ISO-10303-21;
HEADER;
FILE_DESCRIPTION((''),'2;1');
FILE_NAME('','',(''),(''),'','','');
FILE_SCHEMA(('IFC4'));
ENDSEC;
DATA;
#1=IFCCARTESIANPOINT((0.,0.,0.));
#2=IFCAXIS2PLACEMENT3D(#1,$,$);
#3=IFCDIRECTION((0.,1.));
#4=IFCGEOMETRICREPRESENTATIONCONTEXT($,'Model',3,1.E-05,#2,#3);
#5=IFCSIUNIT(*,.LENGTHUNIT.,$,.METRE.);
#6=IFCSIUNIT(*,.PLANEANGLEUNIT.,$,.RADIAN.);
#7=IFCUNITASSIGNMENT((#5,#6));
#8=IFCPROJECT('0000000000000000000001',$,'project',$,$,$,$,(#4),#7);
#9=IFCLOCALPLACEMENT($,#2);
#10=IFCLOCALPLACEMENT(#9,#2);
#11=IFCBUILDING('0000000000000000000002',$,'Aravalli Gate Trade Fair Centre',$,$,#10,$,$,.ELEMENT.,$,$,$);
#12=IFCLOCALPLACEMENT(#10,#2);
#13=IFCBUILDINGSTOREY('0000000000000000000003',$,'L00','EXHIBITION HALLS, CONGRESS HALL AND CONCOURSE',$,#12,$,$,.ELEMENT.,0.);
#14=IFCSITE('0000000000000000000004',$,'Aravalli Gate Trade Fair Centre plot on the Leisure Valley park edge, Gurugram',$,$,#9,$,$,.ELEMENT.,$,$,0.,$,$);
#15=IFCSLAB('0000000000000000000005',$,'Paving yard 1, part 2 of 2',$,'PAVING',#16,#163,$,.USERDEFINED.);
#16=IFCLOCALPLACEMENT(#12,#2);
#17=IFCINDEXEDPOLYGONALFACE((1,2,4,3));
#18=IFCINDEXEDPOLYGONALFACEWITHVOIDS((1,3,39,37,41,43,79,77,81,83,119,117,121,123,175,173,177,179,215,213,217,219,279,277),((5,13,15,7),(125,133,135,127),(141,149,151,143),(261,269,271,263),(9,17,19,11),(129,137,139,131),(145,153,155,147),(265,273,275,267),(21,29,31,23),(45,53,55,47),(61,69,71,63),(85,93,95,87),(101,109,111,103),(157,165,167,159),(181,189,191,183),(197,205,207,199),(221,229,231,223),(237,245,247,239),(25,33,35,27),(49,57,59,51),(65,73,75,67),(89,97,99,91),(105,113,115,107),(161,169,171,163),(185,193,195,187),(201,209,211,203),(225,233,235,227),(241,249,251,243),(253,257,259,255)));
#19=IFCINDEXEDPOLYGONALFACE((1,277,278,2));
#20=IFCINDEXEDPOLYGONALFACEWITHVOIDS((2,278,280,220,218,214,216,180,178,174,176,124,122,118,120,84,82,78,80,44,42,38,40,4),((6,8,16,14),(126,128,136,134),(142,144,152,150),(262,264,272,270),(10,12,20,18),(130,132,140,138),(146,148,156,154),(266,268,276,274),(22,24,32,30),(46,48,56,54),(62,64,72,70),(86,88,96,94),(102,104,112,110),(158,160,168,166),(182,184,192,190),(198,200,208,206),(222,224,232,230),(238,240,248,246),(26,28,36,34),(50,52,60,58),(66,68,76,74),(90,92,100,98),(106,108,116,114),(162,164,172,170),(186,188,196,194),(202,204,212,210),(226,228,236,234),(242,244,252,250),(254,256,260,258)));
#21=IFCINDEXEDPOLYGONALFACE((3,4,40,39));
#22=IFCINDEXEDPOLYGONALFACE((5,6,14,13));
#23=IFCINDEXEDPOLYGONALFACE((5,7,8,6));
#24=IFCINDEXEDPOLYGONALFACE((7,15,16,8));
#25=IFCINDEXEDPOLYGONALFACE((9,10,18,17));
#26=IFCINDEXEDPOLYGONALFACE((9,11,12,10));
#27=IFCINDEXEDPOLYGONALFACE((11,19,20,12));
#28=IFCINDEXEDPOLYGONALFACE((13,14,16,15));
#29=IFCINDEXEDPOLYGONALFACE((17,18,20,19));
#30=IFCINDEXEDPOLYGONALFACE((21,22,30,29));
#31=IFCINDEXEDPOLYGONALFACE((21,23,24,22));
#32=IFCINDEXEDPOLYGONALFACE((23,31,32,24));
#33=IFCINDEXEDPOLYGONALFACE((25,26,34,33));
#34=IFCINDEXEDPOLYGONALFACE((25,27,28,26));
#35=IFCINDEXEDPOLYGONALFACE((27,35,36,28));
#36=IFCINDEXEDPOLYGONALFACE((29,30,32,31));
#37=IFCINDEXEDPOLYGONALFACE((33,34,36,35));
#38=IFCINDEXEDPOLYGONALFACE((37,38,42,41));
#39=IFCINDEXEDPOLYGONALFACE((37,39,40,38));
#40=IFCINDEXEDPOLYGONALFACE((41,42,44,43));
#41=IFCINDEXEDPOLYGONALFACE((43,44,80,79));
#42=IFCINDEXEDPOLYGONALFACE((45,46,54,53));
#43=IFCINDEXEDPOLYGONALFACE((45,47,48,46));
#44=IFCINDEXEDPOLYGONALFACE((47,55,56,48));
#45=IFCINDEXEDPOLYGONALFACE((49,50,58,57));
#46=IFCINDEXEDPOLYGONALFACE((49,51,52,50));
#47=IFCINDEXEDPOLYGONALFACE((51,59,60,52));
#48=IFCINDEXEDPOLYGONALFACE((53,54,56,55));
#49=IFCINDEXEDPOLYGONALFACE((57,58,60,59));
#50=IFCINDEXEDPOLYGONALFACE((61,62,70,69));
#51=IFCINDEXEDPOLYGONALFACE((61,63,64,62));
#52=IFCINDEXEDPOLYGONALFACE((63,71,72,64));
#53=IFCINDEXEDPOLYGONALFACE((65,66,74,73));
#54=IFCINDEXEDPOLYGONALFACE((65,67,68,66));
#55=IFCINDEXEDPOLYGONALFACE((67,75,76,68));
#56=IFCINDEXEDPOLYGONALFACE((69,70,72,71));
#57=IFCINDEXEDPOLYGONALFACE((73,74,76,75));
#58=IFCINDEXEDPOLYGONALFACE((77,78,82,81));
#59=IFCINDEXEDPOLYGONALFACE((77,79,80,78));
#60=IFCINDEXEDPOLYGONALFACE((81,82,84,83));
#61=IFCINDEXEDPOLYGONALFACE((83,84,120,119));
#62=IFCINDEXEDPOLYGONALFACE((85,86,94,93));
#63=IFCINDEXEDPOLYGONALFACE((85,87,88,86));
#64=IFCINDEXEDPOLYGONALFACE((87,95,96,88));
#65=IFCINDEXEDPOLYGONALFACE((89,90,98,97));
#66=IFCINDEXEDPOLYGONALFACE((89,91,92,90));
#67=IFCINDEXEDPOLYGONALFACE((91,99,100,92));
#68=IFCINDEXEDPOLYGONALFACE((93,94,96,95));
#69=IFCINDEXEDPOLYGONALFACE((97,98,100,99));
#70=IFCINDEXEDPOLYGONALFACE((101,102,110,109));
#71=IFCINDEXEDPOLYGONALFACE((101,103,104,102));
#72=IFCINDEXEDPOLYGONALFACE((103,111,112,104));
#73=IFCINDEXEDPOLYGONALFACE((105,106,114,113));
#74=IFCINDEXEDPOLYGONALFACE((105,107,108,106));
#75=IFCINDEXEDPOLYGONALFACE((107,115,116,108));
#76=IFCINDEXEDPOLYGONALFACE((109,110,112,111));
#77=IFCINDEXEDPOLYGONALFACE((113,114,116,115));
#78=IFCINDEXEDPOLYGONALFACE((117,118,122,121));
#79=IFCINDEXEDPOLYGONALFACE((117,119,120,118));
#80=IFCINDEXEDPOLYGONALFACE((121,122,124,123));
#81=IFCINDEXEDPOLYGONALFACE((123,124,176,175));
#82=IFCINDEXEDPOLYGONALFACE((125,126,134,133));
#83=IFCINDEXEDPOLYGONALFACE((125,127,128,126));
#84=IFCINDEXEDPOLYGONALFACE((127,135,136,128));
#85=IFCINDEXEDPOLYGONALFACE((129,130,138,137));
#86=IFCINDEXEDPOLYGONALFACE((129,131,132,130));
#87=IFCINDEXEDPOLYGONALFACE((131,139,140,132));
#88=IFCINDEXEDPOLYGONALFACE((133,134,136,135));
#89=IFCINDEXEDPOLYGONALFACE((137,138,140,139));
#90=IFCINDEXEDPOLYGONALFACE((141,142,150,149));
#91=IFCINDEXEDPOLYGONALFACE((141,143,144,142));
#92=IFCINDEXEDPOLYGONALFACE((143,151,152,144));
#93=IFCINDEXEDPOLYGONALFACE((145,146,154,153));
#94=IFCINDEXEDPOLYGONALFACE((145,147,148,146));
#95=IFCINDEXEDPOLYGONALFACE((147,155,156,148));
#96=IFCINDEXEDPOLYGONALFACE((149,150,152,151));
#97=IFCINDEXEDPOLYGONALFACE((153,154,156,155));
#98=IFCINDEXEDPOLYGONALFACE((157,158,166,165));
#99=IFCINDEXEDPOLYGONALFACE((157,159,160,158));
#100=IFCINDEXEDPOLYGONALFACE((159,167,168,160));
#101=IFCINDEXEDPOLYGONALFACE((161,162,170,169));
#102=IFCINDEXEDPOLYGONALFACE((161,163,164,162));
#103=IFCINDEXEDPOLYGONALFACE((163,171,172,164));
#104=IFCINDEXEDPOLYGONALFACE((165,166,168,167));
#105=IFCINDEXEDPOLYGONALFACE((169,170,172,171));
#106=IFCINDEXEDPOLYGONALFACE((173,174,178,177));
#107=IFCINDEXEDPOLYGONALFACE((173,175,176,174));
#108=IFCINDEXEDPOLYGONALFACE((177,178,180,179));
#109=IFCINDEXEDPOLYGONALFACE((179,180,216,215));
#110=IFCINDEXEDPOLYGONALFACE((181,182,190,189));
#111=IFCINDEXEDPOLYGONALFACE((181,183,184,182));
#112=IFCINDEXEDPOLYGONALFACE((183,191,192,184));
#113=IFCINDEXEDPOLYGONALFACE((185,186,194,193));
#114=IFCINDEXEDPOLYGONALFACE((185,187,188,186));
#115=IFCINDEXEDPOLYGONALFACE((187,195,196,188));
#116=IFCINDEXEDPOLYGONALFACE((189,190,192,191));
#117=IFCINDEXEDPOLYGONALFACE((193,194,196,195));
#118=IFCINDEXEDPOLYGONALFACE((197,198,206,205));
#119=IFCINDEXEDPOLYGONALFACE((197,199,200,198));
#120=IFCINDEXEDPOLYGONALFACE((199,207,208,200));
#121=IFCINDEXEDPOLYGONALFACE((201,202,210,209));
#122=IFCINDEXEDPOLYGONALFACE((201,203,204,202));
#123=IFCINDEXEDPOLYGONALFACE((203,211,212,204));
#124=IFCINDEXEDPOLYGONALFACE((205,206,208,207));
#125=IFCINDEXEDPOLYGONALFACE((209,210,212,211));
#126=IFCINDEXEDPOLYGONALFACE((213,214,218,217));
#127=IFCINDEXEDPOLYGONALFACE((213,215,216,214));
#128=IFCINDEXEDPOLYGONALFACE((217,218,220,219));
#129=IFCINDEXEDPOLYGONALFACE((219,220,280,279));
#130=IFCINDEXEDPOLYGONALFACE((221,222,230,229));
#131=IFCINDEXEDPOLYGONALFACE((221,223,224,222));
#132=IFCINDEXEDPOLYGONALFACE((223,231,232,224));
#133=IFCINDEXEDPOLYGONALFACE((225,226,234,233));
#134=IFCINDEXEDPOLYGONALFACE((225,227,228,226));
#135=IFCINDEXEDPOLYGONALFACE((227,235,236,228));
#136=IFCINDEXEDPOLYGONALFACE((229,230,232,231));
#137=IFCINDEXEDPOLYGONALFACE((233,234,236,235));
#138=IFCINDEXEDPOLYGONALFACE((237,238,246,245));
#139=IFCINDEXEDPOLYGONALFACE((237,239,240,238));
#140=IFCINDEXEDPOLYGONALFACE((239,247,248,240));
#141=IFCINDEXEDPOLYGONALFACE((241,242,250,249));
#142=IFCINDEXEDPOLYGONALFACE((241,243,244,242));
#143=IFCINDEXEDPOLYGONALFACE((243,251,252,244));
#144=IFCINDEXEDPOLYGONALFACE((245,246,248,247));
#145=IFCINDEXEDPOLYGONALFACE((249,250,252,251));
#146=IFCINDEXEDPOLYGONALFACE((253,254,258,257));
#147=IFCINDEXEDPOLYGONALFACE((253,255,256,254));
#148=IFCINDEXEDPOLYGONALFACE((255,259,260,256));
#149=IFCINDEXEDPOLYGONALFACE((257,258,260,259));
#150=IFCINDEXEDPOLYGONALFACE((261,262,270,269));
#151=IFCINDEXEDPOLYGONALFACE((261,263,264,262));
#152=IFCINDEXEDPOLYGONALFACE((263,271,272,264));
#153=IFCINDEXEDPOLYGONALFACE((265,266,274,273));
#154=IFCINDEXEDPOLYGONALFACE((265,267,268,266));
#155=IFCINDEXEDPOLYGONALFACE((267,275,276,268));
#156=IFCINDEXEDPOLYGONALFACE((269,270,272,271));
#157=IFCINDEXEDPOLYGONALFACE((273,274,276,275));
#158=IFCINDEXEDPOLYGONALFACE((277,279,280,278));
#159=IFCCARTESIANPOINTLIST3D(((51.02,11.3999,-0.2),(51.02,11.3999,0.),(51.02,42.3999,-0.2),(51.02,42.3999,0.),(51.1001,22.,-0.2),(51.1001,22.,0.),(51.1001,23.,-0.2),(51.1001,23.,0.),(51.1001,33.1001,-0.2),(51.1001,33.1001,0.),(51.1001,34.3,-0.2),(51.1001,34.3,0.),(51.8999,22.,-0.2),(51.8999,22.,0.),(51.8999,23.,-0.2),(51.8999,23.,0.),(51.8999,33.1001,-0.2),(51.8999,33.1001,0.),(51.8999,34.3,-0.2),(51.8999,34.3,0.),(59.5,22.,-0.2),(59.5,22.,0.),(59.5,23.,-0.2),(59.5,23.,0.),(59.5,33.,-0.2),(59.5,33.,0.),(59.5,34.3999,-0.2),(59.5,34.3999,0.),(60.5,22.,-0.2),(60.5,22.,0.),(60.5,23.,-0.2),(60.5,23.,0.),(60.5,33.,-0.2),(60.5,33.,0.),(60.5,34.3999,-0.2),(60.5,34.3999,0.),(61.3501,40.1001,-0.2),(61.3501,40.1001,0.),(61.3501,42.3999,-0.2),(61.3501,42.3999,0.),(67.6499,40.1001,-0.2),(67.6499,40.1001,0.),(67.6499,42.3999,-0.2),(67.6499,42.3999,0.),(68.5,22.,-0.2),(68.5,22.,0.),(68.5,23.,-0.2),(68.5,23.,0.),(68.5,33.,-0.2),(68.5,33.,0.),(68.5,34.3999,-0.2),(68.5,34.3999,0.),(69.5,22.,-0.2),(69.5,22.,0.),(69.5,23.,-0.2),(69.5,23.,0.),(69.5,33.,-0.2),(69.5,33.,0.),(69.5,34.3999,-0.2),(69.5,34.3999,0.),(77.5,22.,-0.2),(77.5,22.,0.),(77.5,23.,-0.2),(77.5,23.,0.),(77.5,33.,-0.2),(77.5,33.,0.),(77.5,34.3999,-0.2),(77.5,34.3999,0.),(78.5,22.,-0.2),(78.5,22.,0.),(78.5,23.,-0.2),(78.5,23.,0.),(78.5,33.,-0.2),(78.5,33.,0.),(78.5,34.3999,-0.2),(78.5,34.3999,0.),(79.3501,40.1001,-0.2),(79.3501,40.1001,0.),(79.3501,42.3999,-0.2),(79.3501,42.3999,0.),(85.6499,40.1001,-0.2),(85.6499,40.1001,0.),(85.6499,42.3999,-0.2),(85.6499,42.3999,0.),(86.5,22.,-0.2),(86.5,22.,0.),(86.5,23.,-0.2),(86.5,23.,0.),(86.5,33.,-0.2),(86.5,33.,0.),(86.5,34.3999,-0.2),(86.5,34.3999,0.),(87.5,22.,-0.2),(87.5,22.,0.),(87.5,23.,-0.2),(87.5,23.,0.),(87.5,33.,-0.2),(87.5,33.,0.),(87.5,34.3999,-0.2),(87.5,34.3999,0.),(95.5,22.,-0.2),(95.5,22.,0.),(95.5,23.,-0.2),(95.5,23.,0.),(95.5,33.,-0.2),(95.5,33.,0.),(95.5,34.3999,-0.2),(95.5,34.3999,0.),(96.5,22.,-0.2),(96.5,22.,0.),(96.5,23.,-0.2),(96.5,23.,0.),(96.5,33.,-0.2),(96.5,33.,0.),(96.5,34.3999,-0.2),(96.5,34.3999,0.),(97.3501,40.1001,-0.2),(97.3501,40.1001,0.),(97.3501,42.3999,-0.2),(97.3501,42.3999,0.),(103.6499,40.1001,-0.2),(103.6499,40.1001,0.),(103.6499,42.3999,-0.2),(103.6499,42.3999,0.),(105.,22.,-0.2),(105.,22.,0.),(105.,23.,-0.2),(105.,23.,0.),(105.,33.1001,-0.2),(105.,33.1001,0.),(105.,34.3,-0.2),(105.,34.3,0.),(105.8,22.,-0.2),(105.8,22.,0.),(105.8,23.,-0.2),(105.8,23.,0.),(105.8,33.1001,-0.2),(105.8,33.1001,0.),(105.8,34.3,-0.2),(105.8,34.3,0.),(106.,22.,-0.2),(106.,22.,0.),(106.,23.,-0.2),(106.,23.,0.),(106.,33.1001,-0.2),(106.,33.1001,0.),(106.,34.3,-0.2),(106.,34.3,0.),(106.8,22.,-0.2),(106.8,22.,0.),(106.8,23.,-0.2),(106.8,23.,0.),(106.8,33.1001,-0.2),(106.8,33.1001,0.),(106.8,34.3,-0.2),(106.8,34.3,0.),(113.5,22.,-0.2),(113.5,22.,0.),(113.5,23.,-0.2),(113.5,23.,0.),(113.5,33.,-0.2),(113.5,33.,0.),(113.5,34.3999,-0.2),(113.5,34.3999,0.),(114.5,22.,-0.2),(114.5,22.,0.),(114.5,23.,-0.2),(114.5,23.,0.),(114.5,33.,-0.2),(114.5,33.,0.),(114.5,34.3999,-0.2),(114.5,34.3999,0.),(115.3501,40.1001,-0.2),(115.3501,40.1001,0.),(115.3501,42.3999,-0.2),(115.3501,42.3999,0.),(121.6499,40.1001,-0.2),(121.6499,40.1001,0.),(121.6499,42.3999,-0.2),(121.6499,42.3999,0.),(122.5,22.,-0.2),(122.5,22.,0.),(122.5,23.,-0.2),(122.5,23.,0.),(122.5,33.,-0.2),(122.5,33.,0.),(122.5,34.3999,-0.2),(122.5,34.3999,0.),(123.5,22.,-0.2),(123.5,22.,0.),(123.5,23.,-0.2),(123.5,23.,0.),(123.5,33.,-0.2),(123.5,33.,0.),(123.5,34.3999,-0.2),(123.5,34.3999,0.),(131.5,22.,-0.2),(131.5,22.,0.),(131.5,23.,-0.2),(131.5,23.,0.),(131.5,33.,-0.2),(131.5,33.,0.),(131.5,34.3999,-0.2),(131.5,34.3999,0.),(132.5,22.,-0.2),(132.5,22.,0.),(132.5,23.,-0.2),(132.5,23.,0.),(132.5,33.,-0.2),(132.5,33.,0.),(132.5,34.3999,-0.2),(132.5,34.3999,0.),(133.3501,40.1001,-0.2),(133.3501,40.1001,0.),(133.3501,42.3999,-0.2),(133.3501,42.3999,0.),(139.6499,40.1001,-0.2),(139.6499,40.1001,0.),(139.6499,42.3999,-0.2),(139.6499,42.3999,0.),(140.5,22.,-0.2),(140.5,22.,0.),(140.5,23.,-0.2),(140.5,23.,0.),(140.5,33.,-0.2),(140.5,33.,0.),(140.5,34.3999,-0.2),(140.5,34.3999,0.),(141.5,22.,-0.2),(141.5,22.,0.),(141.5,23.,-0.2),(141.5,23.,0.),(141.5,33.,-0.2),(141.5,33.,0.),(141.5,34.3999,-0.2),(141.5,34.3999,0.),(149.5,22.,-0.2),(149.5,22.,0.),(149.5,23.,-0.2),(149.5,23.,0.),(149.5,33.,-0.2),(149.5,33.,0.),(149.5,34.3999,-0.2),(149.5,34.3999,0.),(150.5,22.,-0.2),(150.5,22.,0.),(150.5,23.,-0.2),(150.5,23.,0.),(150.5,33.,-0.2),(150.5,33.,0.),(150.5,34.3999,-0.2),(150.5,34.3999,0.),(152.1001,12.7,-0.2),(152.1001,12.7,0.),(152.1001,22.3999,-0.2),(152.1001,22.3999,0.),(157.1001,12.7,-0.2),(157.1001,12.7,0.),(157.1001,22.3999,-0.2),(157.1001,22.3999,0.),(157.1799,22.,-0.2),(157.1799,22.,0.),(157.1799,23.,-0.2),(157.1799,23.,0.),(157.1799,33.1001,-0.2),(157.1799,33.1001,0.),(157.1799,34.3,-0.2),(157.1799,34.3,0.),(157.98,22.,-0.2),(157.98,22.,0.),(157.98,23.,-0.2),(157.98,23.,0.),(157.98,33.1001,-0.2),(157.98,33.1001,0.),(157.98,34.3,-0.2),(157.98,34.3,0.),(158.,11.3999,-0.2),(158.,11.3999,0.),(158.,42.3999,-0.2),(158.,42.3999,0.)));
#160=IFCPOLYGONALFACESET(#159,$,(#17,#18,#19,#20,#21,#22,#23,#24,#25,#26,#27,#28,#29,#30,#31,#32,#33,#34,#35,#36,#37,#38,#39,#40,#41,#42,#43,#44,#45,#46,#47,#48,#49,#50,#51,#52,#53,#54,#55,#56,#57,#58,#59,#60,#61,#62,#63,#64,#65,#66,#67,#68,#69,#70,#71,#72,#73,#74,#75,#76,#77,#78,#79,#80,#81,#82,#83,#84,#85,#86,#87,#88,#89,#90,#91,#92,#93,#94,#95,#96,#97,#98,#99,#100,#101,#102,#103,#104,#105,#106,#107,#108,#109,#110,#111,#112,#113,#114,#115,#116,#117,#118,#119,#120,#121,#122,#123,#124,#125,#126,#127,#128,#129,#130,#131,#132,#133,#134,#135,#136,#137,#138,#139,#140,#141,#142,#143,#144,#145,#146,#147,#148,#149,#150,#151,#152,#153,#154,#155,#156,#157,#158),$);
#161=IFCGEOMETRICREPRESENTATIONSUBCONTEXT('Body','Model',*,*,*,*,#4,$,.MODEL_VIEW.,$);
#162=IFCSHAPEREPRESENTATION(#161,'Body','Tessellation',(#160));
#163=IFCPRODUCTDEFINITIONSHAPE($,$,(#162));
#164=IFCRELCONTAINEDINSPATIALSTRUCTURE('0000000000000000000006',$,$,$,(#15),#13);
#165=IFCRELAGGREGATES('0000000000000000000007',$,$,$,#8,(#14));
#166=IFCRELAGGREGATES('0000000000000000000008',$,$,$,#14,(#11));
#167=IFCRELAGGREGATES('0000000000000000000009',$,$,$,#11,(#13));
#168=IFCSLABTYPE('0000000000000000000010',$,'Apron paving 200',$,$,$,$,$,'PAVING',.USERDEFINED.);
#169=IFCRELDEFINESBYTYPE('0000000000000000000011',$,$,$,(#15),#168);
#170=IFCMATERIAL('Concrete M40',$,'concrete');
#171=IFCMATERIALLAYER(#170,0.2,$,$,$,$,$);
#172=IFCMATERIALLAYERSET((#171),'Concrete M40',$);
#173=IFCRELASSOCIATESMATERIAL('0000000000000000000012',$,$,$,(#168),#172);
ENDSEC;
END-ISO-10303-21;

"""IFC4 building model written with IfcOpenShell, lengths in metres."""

from ifc_helpers import new_model, si_unit, direction, frame, origin, place, context, subcontext, project, spatial, polyline, outline, extrude, material, layer, layer_set, type_object, element, save


model = new_model("IFC4")

# Units and contexts
model_context = context("Model", 3, precision=1e-05, world=origin(), true_north=direction((0.0, 1.0)))
body_context = subcontext(model_context, "Body", "Model", "MODEL_VIEW")
ifc_project = project(units=[si_unit("LENGTHUNIT", "METRE"), si_unit("PLANEANGLEUNIT", "RADIAN")], contexts=[model_context])

# Site, building, storey
site_placement = place(None, origin())
site = spatial("IfcSite", under=ifc_project, at=site_placement, Name="Aravalli Gate Trade Fair Centre plot on the Leisure Valley park edge, Gurugram", CompositionType="ELEMENT", RefElevation=0.0)
building_placement = place(site_placement, origin())
building = spatial("IfcBuilding", under=site, at=building_placement, Name="Aravalli Gate Trade Fair Centre", CompositionType="ELEMENT")
storey_placement = place(building_placement, origin())
storey = spatial("IfcBuildingStorey", under=building, at=storey_placement, Name="L00", Description="EXHIBITION HALLS, CONGRESS HALL AND CONCOURSE", CompositionType="ELEMENT", Elevation=0.0)

# Slab
ifc_material_1 = material(Name="Concrete M40", Category="concrete")
ifc_layer_1 = layer(ifc_material_1, 0.2)
ifc_layer_set_1 = layer_set([ifc_layer_1], Name="Concrete M40")
slab_type_1 = type_object("IfcSlabType", Name="Apron paving 200", ElementType="PAVING", PredefinedType="USERDEFINED", material=ifc_layer_set_1)
slab_1_placement = place(storey_placement, frame((0.0, 0.0, -0.2)))
element("IfcSlab", 1, at=slab_1_placement, inside=storey, type_object=slab_type_1, Name="Paving yard 1, part 2 of 2", ObjectType="PAVING", PredefinedType="USERDEFINED", context=body_context, shape_type="SweptSolid", body=[
    extrude(outline(polyline([(61.3501, 42.3999), (51.02, 42.3999), (51.02, 11.3999), (158.0, 11.3999), (158.0, 42.3999), (139.6499, 42.3999), (139.6499, 40.1001), (133.3501, 40.1001), (133.3501, 42.3999), (121.6499, 42.3999), (121.6499, 40.1001), (115.3501, 40.1001), (115.3501, 42.3999), (103.6499, 42.3999), (103.6499, 40.1001), (97.3501, 40.1001), (97.3501, 42.3999), (85.6499, 42.3999), (85.6499, 40.1001), (79.3501, 40.1001), (79.3501, 42.3999), (67.6499, 42.3999), (67.6499, 40.1001), (61.3501, 40.1001), (61.3501, 42.3999)]), holes=[polyline([(152.1001, 12.7), (152.1001, 22.3999), (157.1001, 22.3999), (157.1001, 12.7), (152.1001, 12.7)]), polyline([(157.98, 33.1001), (157.1799, 33.1001), (157.1799, 34.3), (157.98, 34.3), (157.98, 33.1001)]), polyline([(157.98, 22.0), (157.1799, 22.0), (157.1799, 23.0), (157.98, 23.0), (157.98, 22.0)]), polyline([(150.5, 33.0), (149.5, 33.0), (149.5, 34.3999), (150.5, 34.3999), (150.5, 33.0)]), polyline([(150.5, 22.0), (149.5, 22.0), (149.5, 23.0), (150.5, 23.0), (150.5, 22.0)]), polyline([(141.5, 33.0), (140.5, 33.0), (140.5, 34.3999), (141.5, 34.3999), (141.5, 33.0)]), polyline([(141.5, 22.0), (140.5, 22.0), (140.5, 23.0), (141.5, 23.0), (141.5, 22.0)]), polyline([(132.5, 33.0), (131.5, 33.0), (131.5, 34.3999), (132.5, 34.3999), (132.5, 33.0)]), polyline([(132.5, 22.0), (131.5, 22.0), (131.5, 23.0), (132.5, 23.0), (132.5, 22.0)]), polyline([(123.5, 33.0), (122.5, 33.0), (122.5, 34.3999), (123.5, 34.3999), (123.5, 33.0)]), polyline([(123.5, 22.0), (122.5, 22.0), (122.5, 23.0), (123.5, 23.0), (123.5, 22.0)]), polyline([(114.5, 33.0), (113.5, 33.0), (113.5, 34.3999), (114.5, 34.3999), (114.5, 33.0)]), polyline([(114.5, 22.0), (113.5, 22.0), (113.5, 23.0), (114.5, 23.0), (114.5, 22.0)]), polyline([(106.8, 33.1001), (106.0, 33.1001), (106.0, 34.3), (106.8, 34.3), (106.8, 33.1001)]), polyline([(106.8, 22.0), (106.0, 22.0), (106.0, 23.0), (106.8, 23.0), (106.8, 22.0)]), polyline([(105.8, 33.1001), (105.0, 33.1001), (105.0, 34.3), (105.8, 34.3), (105.8, 33.1001)]), polyline([(105.8, 22.0), (105.0, 22.0), (105.0, 23.0), (105.8, 23.0), (105.8, 22.0)]), polyline([(96.5, 33.0), (95.5, 33.0), (95.5, 34.3999), (96.5, 34.3999), (96.5, 33.0)]), polyline([(96.5, 22.0), (95.5, 22.0), (95.5, 23.0), (96.5, 23.0), (96.5, 22.0)]), polyline([(87.5, 22.0), (86.5, 22.0), (86.5, 23.0), (87.5, 23.0), (87.5, 22.0)]), polyline([(87.5, 33.0), (86.5, 33.0), (86.5, 34.3999), (87.5, 34.3999), (87.5, 33.0)]), polyline([(78.5, 33.0), (77.5, 33.0), (77.5, 34.3999), (78.5, 34.3999), (78.5, 33.0)]), polyline([(78.5, 22.0), (77.5, 22.0), (77.5, 23.0), (78.5, 23.0), (78.5, 22.0)]), polyline([(69.5, 33.0), (68.5, 33.0), (68.5, 34.3999), (69.5, 34.3999), (69.5, 33.0)]), polyline([(69.5, 22.0), (68.5, 22.0), (68.5, 23.0), (69.5, 23.0), (69.5, 22.0)]), polyline([(60.5, 33.0), (59.5, 33.0), (59.5, 34.3999), (60.5, 34.3999), (60.5, 33.0)]), polyline([(60.5, 22.0), (59.5, 22.0), (59.5, 23.0), (60.5, 23.0), (60.5, 22.0)]), polyline([(51.8999, 22.0), (51.1001, 22.0), (51.1001, 23.0), (51.8999, 23.0), (51.8999, 22.0)]), polyline([(51.8999, 33.1001), (51.1001, 33.1001), (51.1001, 34.3), (51.8999, 34.3), (51.8999, 33.1001)])]), origin(), (0.0, 0.0, 1.0), 0.2),
])

save(model, "model.ifc")
